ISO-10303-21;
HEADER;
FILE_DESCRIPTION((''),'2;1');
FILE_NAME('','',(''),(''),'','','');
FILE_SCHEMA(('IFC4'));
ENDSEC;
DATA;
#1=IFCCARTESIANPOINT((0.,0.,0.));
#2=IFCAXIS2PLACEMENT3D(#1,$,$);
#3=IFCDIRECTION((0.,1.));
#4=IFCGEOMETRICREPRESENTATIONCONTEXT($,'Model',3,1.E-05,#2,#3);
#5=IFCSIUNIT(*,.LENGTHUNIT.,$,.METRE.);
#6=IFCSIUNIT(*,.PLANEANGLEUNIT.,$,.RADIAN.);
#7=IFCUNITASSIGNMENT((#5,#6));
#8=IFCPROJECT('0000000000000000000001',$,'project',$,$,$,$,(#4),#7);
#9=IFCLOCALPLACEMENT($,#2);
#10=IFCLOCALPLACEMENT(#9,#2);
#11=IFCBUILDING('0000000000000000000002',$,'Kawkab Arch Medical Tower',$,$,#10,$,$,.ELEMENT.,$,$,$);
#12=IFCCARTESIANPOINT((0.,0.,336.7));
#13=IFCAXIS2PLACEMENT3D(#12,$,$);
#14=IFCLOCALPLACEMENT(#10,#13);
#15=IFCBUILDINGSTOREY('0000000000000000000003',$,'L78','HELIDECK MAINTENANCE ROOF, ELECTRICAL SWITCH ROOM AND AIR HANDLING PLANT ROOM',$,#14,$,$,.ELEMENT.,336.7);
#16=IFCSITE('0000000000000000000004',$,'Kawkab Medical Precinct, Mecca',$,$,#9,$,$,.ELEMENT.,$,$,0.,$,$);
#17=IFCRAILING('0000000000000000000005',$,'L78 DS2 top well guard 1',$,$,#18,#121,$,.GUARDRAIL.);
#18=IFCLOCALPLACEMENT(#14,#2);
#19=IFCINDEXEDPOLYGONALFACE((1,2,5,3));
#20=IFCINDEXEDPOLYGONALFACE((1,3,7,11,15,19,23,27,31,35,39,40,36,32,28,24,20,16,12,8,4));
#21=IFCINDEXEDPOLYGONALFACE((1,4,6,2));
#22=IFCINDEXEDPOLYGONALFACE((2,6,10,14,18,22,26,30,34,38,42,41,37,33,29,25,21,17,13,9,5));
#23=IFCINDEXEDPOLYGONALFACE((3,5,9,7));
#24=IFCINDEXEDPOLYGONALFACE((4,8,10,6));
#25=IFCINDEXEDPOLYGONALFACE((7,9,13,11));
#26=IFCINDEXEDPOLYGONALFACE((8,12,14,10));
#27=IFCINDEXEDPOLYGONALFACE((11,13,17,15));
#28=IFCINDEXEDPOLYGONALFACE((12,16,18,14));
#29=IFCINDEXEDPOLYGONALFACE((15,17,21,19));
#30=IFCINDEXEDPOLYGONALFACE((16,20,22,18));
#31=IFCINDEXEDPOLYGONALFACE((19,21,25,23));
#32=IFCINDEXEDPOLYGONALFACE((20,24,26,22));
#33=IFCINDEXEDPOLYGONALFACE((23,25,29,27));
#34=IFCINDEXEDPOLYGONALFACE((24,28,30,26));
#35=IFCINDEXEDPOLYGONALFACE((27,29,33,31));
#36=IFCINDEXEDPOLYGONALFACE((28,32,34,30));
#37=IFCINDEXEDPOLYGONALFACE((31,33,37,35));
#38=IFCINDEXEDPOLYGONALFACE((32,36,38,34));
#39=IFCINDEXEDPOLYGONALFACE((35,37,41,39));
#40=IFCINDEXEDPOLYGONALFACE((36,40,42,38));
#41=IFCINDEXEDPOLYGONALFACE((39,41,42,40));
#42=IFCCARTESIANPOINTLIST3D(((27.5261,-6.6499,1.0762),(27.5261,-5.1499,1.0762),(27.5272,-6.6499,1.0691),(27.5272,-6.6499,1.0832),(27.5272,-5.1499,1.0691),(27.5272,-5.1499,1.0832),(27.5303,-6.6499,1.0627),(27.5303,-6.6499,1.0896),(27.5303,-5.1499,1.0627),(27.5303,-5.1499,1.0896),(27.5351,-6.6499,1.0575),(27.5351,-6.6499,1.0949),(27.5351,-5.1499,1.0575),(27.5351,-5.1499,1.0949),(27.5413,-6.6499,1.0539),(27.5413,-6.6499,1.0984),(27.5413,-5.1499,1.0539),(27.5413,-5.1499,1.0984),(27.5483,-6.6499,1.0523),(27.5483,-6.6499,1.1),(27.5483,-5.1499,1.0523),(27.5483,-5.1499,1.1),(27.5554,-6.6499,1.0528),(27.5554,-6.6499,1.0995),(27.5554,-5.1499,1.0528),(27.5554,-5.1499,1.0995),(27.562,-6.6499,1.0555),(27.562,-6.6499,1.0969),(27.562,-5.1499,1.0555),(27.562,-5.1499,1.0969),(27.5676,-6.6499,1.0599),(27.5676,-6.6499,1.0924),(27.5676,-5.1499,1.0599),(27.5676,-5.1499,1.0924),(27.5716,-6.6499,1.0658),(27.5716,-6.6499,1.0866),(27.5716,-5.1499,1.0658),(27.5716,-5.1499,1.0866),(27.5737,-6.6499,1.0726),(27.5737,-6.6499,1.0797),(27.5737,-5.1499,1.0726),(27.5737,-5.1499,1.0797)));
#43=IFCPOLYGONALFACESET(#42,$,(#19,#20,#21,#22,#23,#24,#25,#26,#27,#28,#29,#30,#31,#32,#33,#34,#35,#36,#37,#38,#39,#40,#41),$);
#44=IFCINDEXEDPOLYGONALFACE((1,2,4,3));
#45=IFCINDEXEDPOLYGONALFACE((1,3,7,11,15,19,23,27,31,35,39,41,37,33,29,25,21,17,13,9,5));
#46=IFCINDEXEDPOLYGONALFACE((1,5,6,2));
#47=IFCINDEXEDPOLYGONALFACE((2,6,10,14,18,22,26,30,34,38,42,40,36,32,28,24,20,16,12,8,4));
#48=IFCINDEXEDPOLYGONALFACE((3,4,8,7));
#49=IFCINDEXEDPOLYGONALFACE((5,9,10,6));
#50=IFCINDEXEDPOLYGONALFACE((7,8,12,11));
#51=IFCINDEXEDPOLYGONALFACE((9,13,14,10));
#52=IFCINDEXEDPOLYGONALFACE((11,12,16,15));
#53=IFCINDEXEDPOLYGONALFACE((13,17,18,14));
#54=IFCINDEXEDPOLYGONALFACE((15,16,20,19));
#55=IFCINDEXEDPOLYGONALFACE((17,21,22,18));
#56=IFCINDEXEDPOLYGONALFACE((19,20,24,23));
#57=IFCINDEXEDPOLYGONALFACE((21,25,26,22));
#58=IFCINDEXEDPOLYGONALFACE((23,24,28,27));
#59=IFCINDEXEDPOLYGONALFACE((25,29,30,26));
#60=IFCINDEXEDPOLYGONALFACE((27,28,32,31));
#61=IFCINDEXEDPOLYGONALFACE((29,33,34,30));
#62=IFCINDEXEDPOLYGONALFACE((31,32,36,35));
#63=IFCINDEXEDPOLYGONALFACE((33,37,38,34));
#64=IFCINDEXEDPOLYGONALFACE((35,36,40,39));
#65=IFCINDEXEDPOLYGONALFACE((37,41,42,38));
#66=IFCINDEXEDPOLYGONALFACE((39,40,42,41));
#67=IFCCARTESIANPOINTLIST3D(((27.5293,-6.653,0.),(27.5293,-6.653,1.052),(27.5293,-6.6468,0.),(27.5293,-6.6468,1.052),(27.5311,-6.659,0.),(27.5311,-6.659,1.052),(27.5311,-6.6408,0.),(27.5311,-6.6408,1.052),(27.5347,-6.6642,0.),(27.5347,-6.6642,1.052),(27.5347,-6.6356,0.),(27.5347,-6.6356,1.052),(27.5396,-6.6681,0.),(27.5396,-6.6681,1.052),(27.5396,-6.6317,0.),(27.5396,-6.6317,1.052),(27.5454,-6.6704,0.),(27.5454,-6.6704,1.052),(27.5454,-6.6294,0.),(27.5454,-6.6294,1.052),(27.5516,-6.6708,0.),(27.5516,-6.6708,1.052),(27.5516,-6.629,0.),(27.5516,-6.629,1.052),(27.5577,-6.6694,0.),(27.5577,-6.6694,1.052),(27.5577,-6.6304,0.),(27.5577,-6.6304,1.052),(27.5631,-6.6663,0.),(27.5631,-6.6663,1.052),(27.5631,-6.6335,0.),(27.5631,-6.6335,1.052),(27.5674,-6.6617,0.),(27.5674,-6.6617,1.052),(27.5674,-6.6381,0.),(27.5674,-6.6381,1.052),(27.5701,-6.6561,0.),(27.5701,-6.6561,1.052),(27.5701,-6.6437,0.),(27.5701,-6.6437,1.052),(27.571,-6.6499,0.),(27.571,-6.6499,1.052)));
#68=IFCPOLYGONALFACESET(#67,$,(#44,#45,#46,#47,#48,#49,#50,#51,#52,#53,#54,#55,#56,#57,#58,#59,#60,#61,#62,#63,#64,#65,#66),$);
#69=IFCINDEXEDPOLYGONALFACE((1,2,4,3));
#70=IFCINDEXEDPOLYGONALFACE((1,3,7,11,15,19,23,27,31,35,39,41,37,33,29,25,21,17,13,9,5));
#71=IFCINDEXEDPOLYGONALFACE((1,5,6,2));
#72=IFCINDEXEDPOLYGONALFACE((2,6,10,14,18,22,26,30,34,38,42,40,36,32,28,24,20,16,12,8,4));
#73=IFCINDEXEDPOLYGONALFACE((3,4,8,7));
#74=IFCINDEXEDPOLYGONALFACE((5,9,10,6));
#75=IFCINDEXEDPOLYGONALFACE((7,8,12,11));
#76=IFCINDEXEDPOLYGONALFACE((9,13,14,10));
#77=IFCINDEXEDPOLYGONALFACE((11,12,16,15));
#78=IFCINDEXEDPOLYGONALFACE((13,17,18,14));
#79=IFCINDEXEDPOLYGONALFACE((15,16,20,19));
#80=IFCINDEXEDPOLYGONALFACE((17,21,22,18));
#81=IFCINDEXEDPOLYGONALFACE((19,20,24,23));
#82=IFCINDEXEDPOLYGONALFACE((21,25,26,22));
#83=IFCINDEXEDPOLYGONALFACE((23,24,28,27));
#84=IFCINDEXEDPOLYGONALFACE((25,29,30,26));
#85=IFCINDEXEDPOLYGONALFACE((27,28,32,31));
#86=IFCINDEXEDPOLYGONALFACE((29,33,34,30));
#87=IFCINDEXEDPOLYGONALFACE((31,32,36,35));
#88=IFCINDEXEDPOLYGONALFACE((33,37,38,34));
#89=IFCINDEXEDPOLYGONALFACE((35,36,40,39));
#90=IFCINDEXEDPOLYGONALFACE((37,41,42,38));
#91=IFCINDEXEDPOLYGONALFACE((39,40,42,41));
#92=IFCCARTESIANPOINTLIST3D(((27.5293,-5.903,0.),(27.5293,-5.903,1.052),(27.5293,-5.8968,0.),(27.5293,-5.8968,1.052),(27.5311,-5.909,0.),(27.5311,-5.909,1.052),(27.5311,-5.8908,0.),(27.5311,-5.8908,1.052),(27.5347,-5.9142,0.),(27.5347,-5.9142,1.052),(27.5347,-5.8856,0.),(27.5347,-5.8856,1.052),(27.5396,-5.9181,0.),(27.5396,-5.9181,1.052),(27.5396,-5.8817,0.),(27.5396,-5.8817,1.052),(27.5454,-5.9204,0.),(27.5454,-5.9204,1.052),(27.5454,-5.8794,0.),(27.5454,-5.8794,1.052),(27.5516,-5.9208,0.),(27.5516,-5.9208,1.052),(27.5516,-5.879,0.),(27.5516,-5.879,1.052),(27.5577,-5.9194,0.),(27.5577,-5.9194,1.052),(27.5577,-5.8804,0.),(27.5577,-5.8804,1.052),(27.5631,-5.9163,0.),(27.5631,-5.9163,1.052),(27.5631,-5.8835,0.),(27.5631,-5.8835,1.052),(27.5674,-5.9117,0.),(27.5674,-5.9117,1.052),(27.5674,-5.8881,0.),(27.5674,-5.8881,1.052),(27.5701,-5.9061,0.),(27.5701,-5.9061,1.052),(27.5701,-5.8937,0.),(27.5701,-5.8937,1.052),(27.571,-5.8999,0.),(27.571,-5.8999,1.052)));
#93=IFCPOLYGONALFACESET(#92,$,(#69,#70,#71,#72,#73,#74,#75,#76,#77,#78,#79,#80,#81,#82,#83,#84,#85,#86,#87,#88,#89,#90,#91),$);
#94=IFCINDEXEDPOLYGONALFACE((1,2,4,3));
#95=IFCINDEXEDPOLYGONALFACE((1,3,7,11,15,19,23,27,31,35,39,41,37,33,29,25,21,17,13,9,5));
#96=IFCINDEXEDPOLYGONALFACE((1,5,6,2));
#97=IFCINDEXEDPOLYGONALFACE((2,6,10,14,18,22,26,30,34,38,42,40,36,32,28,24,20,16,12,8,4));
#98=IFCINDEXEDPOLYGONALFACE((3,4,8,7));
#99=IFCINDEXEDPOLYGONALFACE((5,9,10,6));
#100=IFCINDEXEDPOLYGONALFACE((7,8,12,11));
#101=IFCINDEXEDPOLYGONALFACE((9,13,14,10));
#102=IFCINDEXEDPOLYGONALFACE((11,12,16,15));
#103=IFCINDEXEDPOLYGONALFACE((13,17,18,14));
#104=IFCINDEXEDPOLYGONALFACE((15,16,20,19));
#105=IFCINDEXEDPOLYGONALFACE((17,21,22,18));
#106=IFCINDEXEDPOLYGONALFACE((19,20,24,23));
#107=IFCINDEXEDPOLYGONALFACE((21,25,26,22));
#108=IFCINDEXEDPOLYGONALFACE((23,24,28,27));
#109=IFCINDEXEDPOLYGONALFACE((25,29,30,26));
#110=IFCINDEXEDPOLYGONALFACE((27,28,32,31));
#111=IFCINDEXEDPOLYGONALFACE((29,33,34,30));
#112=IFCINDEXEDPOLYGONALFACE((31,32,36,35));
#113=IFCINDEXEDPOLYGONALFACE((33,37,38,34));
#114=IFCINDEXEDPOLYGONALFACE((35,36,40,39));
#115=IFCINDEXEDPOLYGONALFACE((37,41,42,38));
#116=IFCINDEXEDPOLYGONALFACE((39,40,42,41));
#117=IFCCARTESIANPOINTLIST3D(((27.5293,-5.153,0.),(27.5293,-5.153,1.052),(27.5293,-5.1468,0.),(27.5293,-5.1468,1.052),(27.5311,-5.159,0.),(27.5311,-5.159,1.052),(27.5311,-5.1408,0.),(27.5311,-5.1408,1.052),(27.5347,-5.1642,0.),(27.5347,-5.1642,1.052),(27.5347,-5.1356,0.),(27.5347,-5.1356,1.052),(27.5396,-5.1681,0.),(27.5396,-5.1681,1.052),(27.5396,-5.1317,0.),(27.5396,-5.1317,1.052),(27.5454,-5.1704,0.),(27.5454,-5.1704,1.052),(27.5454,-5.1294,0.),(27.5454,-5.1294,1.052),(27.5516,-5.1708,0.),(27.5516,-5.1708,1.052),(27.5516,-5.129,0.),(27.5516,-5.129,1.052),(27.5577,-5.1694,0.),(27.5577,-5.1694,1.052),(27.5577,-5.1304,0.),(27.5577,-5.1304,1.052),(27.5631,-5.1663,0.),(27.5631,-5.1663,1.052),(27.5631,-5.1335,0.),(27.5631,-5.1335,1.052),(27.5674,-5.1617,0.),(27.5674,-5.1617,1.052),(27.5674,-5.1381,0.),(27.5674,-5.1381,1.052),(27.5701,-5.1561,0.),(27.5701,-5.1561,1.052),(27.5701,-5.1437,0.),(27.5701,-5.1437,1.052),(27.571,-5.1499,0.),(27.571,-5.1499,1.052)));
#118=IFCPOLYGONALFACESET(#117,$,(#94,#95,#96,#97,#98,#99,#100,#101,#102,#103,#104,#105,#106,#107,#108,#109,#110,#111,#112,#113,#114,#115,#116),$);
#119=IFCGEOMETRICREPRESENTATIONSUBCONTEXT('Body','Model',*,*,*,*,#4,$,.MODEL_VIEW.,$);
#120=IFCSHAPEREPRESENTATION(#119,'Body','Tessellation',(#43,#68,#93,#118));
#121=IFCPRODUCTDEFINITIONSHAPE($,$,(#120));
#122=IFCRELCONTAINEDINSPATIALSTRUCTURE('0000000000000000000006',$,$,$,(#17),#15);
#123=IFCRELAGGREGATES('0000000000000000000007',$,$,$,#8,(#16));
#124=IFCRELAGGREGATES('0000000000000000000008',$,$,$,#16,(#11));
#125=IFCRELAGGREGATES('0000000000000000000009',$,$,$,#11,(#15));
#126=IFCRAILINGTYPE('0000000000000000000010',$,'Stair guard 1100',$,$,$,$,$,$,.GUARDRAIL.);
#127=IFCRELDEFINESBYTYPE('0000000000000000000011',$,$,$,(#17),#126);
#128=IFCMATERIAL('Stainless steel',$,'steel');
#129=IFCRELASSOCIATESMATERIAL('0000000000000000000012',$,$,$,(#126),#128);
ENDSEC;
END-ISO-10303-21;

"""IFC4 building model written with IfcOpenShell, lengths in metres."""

from ifc_helpers import new_model, si_unit, direction, frame, origin, origin_2d, place, context, subcontext, project, spatial, circle, extrude, material, type_object, element, save


model = new_model("IFC4")

# Units and contexts
model_context = context("Model", 3, precision=1e-05, world=origin(), true_north=direction((0.0, 1.0)))
body_context = subcontext(model_context, "Body", "Model", "MODEL_VIEW")
ifc_project = project(units=[si_unit("LENGTHUNIT", "METRE"), si_unit("PLANEANGLEUNIT", "RADIAN")], contexts=[model_context])

# Site, building, storey
site_placement = place(None, origin())
site = spatial("IfcSite", under=ifc_project, at=site_placement, Name="Kawkab Medical Precinct, Mecca", CompositionType="ELEMENT", RefElevation=0.0)
building_placement = place(site_placement, origin())
building = spatial("IfcBuilding", under=site, at=building_placement, Name="Kawkab Arch Medical Tower", CompositionType="ELEMENT")
storey_placement = place(building_placement, frame((0.0, 0.0, 336.7)))
storey = spatial("IfcBuildingStorey", under=building, at=storey_placement, Name="L78", Description="HELIDECK MAINTENANCE ROOF, ELECTRICAL SWITCH ROOM AND AIR HANDLING PLANT ROOM", CompositionType="ELEMENT", Elevation=336.7)

# Railing
ifc_material_1 = material(Name="Stainless steel", Category="steel")
railing_type = type_object("IfcRailingType", Name="Stair guard 1100", PredefinedType="GUARDRAIL", material=ifc_material_1)
railing_placement = place(storey_placement, frame((27.55, -6.6499, 0.0)))
element("IfcRailing", 1, at=railing_placement, inside=storey, type_object=railing_type, Name="L78 DS2 top well guard 1", PredefinedType="GUARDRAIL", context=body_context, shape_type="SweptSolid", body=[
    extrude(circle(Radius=0.0239, at=origin_2d()), frame((0.0, 0.0, 1.0762), z_axis=(0.0, 1.0, 0.0), x_axis=(-1.0, 0.0, 0.0)), (0.0, 0.0, 1.0), 1.5),
    extrude(circle(Radius=0.021, at=origin_2d()), origin(), (0.0, 0.0, 1.0), 1.052),
    extrude(circle(Radius=0.021, at=origin_2d()), frame((0.0, 0.75, 0.0)), (0.0, 0.0, 1.0), 1.052),
    extrude(circle(Radius=0.021, at=origin_2d()), frame((0.0, 1.5, 0.0)), (0.0, 0.0, 1.0), 1.052),
])

save(model, "model.ifc")
